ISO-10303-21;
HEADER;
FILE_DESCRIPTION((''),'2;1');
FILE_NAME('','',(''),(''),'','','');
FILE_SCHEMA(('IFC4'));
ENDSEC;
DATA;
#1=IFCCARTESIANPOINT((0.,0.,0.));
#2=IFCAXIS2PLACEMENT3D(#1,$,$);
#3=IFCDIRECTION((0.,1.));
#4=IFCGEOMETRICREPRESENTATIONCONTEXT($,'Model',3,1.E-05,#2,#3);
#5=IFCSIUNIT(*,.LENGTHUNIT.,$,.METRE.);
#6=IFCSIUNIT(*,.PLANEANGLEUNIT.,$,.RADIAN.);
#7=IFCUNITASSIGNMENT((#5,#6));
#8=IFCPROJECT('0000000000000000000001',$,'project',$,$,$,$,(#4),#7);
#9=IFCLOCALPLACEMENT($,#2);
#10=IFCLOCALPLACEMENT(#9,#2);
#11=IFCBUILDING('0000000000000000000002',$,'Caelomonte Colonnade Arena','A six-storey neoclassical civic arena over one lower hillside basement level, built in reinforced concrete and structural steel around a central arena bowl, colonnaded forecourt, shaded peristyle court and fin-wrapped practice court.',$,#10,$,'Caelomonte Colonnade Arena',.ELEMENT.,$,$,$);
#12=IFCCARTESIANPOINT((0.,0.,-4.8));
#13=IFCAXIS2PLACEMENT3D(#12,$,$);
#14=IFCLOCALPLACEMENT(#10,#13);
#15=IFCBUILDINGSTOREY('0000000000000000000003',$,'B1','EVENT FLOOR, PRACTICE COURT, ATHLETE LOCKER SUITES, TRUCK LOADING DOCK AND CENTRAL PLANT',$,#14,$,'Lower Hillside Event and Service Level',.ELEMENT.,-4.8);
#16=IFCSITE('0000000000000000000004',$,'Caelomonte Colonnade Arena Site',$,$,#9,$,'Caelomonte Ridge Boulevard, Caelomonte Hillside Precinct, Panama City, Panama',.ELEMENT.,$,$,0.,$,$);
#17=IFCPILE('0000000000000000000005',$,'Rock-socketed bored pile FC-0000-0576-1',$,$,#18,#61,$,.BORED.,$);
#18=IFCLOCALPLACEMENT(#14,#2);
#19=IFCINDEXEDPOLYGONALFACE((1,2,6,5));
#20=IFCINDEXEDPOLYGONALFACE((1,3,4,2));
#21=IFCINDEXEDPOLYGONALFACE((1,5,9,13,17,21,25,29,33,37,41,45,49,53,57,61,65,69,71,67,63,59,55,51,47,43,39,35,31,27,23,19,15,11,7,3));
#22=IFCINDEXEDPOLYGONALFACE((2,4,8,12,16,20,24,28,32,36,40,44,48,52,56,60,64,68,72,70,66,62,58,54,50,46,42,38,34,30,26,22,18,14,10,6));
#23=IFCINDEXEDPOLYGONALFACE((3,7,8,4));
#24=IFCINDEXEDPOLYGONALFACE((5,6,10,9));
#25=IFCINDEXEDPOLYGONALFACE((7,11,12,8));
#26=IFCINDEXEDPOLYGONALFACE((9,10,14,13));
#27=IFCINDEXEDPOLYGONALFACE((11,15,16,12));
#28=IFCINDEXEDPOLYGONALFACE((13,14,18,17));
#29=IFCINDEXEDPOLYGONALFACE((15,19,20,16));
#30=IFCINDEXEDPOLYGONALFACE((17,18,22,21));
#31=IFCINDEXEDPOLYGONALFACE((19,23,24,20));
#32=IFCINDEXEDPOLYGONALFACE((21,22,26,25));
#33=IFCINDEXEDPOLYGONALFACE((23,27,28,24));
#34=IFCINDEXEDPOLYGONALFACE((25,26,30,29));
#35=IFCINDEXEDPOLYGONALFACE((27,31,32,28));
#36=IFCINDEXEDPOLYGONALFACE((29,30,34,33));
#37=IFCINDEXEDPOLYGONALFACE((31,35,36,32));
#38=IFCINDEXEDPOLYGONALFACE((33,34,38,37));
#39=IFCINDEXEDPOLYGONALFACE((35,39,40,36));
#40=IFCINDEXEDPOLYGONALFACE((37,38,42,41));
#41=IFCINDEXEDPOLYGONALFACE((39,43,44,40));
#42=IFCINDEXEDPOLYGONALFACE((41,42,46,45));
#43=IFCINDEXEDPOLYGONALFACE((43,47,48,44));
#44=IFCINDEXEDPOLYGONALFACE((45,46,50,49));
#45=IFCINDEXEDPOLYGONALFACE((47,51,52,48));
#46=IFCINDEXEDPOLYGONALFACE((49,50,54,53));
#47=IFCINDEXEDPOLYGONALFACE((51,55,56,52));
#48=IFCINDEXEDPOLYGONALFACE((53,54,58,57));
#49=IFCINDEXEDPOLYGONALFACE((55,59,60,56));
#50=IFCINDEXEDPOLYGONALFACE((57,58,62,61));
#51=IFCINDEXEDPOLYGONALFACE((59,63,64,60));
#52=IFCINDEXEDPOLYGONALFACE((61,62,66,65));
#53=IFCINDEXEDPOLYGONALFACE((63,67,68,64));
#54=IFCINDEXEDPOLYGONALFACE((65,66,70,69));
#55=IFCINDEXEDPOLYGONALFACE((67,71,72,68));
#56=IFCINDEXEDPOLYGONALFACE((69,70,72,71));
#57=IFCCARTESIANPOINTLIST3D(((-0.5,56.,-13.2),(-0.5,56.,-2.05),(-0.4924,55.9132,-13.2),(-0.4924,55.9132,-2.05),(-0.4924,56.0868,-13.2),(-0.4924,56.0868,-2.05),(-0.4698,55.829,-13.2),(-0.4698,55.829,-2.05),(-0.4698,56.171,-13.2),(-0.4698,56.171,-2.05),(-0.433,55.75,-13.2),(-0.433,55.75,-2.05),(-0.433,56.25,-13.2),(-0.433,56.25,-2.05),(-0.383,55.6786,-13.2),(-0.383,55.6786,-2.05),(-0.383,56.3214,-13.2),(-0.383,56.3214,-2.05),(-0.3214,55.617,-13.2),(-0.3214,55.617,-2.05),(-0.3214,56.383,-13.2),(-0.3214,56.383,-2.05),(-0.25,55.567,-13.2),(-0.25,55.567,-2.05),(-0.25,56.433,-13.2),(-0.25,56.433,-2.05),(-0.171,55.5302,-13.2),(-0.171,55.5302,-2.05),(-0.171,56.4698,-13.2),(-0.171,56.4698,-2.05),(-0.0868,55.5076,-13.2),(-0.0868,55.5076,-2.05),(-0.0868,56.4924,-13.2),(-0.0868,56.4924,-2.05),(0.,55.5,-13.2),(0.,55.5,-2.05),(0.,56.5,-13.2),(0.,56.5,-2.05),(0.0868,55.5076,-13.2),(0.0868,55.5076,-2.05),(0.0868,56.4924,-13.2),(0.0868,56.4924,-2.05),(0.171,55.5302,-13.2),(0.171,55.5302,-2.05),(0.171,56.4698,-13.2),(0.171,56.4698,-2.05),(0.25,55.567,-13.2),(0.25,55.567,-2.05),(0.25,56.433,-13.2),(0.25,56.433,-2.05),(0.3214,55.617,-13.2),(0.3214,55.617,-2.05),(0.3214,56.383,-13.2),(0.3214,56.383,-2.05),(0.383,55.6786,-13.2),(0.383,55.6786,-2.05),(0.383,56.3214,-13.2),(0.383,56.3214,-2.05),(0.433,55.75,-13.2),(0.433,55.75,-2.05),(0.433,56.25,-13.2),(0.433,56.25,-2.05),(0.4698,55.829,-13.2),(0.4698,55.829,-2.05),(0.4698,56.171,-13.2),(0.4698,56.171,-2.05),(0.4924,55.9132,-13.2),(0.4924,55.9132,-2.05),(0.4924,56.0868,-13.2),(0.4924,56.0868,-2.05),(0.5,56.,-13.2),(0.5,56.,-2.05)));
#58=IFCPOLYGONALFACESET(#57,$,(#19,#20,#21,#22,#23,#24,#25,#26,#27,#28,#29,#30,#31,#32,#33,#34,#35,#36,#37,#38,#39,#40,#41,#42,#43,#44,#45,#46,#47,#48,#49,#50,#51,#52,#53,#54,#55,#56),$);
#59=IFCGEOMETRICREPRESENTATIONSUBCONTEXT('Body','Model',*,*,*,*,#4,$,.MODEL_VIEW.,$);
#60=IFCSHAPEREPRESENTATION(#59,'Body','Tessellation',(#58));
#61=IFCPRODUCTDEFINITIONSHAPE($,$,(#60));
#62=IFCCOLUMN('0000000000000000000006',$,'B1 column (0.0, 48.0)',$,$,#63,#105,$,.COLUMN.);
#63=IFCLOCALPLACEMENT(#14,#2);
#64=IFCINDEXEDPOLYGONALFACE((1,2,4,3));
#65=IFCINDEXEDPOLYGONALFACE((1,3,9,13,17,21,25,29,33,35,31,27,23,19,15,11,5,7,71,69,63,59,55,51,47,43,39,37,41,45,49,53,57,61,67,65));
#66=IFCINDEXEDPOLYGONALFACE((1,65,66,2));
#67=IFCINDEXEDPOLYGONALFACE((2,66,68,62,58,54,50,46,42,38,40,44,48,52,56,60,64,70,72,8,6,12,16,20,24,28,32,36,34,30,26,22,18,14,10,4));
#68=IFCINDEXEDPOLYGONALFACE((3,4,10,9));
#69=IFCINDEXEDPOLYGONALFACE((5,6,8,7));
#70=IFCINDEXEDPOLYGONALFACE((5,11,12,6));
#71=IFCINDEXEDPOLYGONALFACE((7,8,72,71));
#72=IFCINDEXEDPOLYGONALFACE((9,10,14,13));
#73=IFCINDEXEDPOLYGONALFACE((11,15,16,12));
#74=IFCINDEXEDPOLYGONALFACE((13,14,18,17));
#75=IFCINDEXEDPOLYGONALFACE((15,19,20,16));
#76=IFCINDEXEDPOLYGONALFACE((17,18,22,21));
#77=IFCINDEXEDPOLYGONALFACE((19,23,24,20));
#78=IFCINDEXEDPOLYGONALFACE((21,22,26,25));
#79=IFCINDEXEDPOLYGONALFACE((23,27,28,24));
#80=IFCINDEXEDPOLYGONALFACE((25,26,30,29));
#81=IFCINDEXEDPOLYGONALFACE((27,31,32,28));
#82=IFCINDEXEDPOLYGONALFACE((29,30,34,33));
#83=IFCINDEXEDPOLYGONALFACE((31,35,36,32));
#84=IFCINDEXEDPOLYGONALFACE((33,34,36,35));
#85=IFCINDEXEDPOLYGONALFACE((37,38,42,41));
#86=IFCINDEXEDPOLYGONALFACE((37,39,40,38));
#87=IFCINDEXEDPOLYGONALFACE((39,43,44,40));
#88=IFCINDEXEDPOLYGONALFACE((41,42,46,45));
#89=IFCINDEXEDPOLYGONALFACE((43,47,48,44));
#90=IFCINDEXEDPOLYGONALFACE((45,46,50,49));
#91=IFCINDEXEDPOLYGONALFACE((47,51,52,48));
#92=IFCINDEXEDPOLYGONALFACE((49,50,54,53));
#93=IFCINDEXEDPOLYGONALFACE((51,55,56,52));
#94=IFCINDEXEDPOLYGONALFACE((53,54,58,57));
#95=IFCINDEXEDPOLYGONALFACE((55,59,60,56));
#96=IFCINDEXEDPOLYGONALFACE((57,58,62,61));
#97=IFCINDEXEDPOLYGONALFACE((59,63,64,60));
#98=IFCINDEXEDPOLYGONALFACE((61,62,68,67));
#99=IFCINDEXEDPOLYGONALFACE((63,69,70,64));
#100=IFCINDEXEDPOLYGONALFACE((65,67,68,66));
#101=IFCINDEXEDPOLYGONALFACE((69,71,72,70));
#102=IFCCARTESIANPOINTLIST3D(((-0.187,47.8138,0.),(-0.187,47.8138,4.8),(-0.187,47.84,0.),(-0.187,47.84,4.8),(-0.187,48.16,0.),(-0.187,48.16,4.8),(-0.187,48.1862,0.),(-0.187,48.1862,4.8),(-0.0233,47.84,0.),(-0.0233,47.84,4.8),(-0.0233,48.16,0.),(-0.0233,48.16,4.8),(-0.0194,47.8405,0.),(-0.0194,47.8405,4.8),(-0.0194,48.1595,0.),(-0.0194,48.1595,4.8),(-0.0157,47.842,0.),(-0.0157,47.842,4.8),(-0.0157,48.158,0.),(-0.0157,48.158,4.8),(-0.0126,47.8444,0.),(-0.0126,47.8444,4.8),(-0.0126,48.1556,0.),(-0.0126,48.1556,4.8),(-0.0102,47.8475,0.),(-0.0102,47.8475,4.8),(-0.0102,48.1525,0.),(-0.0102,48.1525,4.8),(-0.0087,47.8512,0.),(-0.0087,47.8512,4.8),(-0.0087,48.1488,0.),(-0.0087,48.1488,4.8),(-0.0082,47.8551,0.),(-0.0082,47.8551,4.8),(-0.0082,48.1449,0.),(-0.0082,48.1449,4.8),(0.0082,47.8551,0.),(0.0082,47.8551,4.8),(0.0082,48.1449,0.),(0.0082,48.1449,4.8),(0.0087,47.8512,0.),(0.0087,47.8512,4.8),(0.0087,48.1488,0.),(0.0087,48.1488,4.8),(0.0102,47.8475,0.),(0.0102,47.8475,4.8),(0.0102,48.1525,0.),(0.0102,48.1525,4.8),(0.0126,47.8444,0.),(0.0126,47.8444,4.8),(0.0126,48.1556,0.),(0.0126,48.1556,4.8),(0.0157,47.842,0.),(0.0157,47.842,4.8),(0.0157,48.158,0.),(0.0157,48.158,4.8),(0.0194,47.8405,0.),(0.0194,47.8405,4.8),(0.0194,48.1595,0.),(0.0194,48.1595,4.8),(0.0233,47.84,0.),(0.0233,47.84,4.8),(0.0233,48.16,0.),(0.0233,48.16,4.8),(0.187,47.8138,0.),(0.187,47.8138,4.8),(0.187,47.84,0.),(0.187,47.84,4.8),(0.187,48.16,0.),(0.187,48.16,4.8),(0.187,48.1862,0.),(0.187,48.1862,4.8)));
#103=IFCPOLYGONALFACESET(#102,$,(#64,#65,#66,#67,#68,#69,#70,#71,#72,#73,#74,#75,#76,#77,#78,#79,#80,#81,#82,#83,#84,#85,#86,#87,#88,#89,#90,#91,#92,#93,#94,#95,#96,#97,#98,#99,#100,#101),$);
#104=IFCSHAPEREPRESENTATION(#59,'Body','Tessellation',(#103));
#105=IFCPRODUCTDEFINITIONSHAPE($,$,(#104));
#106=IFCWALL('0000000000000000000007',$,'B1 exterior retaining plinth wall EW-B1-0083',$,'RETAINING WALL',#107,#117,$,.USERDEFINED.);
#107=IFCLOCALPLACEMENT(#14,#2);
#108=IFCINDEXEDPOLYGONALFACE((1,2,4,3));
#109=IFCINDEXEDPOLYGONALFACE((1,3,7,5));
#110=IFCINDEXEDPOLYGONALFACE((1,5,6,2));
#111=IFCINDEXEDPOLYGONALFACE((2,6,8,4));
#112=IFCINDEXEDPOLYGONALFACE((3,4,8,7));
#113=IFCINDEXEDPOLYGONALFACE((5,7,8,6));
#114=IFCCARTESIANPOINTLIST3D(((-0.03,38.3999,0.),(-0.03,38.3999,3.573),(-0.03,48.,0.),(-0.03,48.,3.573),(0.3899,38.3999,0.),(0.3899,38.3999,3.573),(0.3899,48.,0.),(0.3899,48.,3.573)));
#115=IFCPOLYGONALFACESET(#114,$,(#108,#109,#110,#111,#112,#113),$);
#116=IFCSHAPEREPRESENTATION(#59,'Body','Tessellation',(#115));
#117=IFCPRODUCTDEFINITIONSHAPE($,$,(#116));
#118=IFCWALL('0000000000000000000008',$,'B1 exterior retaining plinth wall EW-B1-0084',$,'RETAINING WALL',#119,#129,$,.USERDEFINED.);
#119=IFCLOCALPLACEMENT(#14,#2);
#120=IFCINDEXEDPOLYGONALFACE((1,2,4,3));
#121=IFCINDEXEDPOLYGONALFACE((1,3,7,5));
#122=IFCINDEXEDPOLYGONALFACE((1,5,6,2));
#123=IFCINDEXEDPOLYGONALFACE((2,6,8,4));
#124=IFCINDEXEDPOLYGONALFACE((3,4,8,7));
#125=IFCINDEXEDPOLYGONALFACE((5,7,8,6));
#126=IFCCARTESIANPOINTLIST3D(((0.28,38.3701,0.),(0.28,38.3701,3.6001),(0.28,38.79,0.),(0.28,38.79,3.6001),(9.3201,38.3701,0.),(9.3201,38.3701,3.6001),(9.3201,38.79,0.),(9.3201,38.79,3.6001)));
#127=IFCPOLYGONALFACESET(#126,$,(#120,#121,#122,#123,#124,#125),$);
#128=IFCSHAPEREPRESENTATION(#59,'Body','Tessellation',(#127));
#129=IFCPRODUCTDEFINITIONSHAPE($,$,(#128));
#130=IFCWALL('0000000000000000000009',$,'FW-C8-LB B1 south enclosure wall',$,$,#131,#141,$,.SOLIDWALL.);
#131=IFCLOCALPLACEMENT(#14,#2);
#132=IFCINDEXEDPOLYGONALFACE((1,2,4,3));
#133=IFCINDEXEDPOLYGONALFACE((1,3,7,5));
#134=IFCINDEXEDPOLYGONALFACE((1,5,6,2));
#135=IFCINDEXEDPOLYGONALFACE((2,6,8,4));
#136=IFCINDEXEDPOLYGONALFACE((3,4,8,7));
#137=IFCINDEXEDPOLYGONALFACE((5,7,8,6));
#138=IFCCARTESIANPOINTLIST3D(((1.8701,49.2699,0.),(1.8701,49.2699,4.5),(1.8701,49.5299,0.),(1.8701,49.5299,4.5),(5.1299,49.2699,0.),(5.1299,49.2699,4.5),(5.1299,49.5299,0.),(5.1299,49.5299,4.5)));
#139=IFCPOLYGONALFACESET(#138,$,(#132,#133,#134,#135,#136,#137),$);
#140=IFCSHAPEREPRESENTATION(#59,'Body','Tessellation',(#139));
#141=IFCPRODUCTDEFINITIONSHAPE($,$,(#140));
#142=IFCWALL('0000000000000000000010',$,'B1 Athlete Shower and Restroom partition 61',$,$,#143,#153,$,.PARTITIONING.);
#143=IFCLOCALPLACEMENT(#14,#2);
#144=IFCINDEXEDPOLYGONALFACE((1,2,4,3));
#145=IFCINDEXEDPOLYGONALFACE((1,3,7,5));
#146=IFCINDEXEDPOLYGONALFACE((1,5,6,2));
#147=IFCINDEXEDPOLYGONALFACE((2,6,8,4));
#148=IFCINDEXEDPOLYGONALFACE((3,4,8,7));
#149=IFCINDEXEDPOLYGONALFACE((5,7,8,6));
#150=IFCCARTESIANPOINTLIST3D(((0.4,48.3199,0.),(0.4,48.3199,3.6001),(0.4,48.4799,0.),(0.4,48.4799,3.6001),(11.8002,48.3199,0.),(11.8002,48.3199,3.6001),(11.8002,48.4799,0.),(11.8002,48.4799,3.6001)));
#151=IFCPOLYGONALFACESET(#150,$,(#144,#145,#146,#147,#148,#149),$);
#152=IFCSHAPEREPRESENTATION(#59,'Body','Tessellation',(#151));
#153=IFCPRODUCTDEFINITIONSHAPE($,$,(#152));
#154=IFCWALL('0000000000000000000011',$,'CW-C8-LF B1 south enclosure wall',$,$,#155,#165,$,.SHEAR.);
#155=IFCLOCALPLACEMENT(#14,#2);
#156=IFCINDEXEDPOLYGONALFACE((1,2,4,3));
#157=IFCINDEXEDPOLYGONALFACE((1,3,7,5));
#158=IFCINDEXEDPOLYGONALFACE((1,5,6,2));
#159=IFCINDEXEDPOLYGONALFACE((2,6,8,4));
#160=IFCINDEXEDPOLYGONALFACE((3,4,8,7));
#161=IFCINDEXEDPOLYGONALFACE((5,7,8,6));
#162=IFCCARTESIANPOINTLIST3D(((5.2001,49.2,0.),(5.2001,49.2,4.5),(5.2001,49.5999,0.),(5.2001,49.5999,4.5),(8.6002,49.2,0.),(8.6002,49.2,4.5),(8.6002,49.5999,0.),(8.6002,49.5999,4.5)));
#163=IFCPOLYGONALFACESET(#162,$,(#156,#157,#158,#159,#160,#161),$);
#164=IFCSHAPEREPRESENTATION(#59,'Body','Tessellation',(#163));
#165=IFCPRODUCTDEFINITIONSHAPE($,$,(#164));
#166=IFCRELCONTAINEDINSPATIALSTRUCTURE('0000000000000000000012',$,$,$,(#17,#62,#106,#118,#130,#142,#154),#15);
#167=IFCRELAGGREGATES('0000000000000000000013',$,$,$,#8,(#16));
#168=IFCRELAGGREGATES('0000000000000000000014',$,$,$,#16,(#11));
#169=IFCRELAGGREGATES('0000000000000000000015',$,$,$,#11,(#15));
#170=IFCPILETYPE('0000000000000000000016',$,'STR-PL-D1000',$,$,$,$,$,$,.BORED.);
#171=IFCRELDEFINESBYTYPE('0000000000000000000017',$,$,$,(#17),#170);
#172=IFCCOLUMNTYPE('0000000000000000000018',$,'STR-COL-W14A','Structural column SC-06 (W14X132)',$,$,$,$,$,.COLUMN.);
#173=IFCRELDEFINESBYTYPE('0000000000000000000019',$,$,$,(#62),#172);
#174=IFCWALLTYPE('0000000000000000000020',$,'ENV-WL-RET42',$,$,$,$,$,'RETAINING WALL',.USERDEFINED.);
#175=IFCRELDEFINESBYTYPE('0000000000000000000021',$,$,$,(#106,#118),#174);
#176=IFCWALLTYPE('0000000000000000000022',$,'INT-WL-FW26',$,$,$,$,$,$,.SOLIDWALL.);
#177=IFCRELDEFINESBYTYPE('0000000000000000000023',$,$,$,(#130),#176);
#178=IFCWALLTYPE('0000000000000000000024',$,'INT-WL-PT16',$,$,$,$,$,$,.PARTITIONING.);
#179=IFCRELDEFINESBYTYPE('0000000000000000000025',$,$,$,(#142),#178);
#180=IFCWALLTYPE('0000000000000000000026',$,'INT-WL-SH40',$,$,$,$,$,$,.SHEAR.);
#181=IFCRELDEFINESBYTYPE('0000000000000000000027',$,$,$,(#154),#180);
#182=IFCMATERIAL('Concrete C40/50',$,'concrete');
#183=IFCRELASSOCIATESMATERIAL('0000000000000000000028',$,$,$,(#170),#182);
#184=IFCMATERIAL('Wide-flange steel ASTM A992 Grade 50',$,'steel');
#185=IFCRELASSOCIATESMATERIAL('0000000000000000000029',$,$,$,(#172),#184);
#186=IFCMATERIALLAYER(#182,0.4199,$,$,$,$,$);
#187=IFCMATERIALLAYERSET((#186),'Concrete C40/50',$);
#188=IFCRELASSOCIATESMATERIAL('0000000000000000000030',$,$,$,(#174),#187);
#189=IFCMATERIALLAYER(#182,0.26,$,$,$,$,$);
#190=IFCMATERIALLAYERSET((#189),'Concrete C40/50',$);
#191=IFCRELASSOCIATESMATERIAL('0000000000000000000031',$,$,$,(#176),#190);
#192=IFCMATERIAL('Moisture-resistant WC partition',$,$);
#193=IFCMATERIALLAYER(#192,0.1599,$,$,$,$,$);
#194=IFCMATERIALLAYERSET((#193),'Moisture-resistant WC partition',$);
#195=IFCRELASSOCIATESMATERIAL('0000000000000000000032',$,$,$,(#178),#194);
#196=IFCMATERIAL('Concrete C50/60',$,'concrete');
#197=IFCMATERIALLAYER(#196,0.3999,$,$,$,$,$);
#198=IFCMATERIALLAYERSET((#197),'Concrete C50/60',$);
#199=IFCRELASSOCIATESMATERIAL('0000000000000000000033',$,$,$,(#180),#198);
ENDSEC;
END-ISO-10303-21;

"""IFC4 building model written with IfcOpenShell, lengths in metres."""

from ifc_helpers import new_model, si_unit, direction, frame, frame_2d, origin, origin_2d, place, context, subcontext, project, spatial, rectangle, circle, i_section, extrude, material, layer, layer_set, material_profile, profile_set, type_object, element, save


model = new_model("IFC4")

# Units and contexts
model_context = context("Model", 3, precision=1e-05, world=origin(), true_north=direction((0.0, 1.0)))
body_context = subcontext(model_context, "Body", "Model", "MODEL_VIEW")
ifc_project = project(units=[si_unit("LENGTHUNIT", "METRE"), si_unit("PLANEANGLEUNIT", "RADIAN")], contexts=[model_context])

# Site, building, storey
site_placement = place(None, origin())
site = spatial("IfcSite", under=ifc_project, at=site_placement, Name="Caelomonte Colonnade Arena Site", LongName="Caelomonte Ridge Boulevard, Caelomonte Hillside Precinct, Panama City, Panama", CompositionType="ELEMENT", RefElevation=0.0)
building_placement = place(site_placement, origin())
building = spatial("IfcBuilding", under=site, at=building_placement, Name="Caelomonte Colonnade Arena", Description="A six-storey neoclassical civic arena over one lower hillside basement level, built in reinforced concrete and structural steel around a central arena bowl, colonnaded forecourt, shaded peristyle court and fin-wrapped practice court.", LongName="Caelomonte Colonnade Arena", CompositionType="ELEMENT")
storey_placement = place(building_placement, frame((0.0, 0.0, -4.8)))
storey = spatial("IfcBuildingStorey", under=building, at=storey_placement, Name="B1", Description="EVENT FLOOR, PRACTICE COURT, ATHLETE LOCKER SUITES, TRUCK LOADING DOCK AND CENTRAL PLANT", LongName="Lower Hillside Event and Service Level", CompositionType="ELEMENT", Elevation=-4.8)

# Shared definitions
ifc_material_1 = material(Name="Concrete C40/50", Category="concrete")

# Pile
ifc_material_profile_1 = material_profile(ifc_material_1, circle(Radius=0.5, at=origin_2d()), Name="PILE-D1000")
ifc_profile_set_1 = profile_set([ifc_material_profile_1], Name="Concrete C40/50")
pile_type = type_object("IfcPileType", Name="STR-PL-D1000", PredefinedType="BORED", material=ifc_profile_set_1)
for number, where, z_axis, x_axis, name in (
    (1, (0.0, 56.0, -2.05), (0.0, 0.0, -1.0), (1.0, 0.0, 0.0), "Rock-socketed bored pile FC-0000-0576-1"),
):
    element("IfcPile", number, at=place(storey_placement, frame(where, z_axis=z_axis, x_axis=x_axis)), inside=storey, type_object=pile_type, Name=name, PredefinedType="BORED", context=body_context, shape_type="SweptSolid", body=[
        extrude(circle(Radius=0.5, at=origin_2d()), origin(), (0.0, 0.0, 1.0), 11.1499),
    ])

# Column
ifc_material_2 = material(Name="Wide-flange steel ASTM A992 Grade 50", Category="steel")
ifc_material_profile_2 = material_profile(ifc_material_2, i_section(OverallWidth=0.374, OverallDepth=0.3723, WebThickness=0.0164, FlangeThickness=0.0261, FilletRadius=0.0151, at=origin_2d()), Name="W14X132")
ifc_profile_set_2 = profile_set([ifc_material_profile_2], Name="Wide-flange steel ASTM A992 Grade 50")
column_type = type_object("IfcColumnType", Name="STR-COL-W14A", Description="Structural column SC-06 (W14X132)", PredefinedType="COLUMN", material=ifc_profile_set_2)
column_placement = place(storey_placement, frame((0.0, 48.0, 0.0), z_axis=(0.0, 0.0, 1.0), x_axis=(1.0, 0.0, 0.0)))
element("IfcColumn", 2, at=column_placement, inside=storey, type_object=column_type, Name="B1 column (0.0, 48.0)", PredefinedType="COLUMN", context=body_context, shape_type="SweptSolid", body=[
    extrude(i_section(OverallWidth=0.374, OverallDepth=0.3723, WebThickness=0.0164, FlangeThickness=0.0261, FilletRadius=0.0151, at=origin_2d()), origin(), (0.0, 0.0, 1.0), 4.8),
])

# Walls
ifc_layer_1 = layer(ifc_material_1, 0.4199)
ifc_layer_set_1 = layer_set([ifc_layer_1], Name="Concrete C40/50")
wall_type_1 = type_object("IfcWallType", Name="ENV-WL-RET42", ElementType="RETAINING WALL", PredefinedType="USERDEFINED", material=ifc_layer_set_1)
wall_1_placement = place(storey_placement, frame((0.1799, 48.0, 0.0), z_axis=(0.0, 0.0, 1.0), x_axis=(0.0, -1.0, 0.0)))
element("IfcWall", 3, at=wall_1_placement, inside=storey, type_object=wall_type_1, Name="B1 exterior retaining plinth wall EW-B1-0083", ObjectType="RETAINING WALL", PredefinedType="USERDEFINED", context=body_context, shape_type="SweptSolid", body=[
    extrude(rectangle(XDim=9.6001, YDim=0.4199, at=frame_2d((4.8, 0.0))), origin(), (0.0, 0.0, 1.0), 3.573),
])
wall_2_placement = place(storey_placement, frame((0.28, 38.5801, 0.0), z_axis=(0.0, 0.0, 1.0), x_axis=(1.0, 0.0, 0.0)))
element("IfcWall", 4, at=wall_2_placement, inside=storey, type_object=wall_type_1, Name="B1 exterior retaining plinth wall EW-B1-0084", ObjectType="RETAINING WALL", PredefinedType="USERDEFINED", context=body_context, shape_type="SweptSolid", body=[
    extrude(rectangle(XDim=9.04, YDim=0.4199, at=frame_2d((4.52, 0.0))), origin(), (0.0, 0.0, 1.0), 3.6001),
])
ifc_layer_2 = layer(ifc_material_1, 0.26)
ifc_layer_set_2 = layer_set([ifc_layer_2], Name="Concrete C40/50")
wall_type_2 = type_object("IfcWallType", Name="INT-WL-FW26", PredefinedType="SOLIDWALL", material=ifc_layer_set_2)
wall_3_placement = place(storey_placement, frame((1.8701, 49.3999, 0.0), z_axis=(0.0, 0.0, 1.0), x_axis=(1.0, 0.0, 0.0)))
element("IfcWall", 5, at=wall_3_placement, inside=storey, type_object=wall_type_2, Name="FW-C8-LB B1 south enclosure wall", PredefinedType="SOLIDWALL", context=body_context, shape_type="SweptSolid", body=[
    extrude(rectangle(XDim=3.2598, YDim=0.26, at=frame_2d((1.6299, 0.0))), origin(), (0.0, 0.0, 1.0), 4.5),
])
ifc_material_3 = material(Name="Moisture-resistant WC partition")
ifc_layer_3 = layer(ifc_material_3, 0.1599)
ifc_layer_set_3 = layer_set([ifc_layer_3], Name="Moisture-resistant WC partition")
wall_type_3 = type_object("IfcWallType", Name="INT-WL-PT16", PredefinedType="PARTITIONING", material=ifc_layer_set_3)
wall_4_placement = place(storey_placement, frame((0.3999, 48.3999, 0.0), z_axis=(0.0, 0.0, 1.0), x_axis=(1.0, 0.0, 0.0)))
element("IfcWall", 6, at=wall_4_placement, inside=storey, type_object=wall_type_3, Name="B1 Athlete Shower and Restroom partition 61", PredefinedType="PARTITIONING", context=body_context, shape_type="SweptSolid", body=[
    extrude(rectangle(XDim=11.4001, YDim=0.1599, at=frame_2d((5.7002, 0.0))), origin(), (0.0, 0.0, 1.0), 3.6001),
])
ifc_material_4 = material(Name="Concrete C50/60", Category="concrete")
ifc_layer_4 = layer(ifc_material_4, 0.3999)
ifc_layer_set_4 = layer_set([ifc_layer_4], Name="Concrete C50/60")
wall_type_4 = type_object("IfcWallType", Name="INT-WL-SH40", PredefinedType="SHEAR", material=ifc_layer_set_4)
wall_5_placement = place(storey_placement, frame((5.2, 49.3999, 0.0), z_axis=(0.0, 0.0, 1.0), x_axis=(1.0, 0.0, 0.0)))
element("IfcWall", 7, at=wall_5_placement, inside=storey, type_object=wall_type_4, Name="CW-C8-LF B1 south enclosure wall", PredefinedType="SHEAR", context=body_context, shape_type="SweptSolid", body=[
    extrude(rectangle(XDim=3.4001, YDim=0.3999, at=frame_2d((1.7002, 0.0))), origin(), (0.0, 0.0, 1.0), 4.5),
])

save(model, "model.ifc")
